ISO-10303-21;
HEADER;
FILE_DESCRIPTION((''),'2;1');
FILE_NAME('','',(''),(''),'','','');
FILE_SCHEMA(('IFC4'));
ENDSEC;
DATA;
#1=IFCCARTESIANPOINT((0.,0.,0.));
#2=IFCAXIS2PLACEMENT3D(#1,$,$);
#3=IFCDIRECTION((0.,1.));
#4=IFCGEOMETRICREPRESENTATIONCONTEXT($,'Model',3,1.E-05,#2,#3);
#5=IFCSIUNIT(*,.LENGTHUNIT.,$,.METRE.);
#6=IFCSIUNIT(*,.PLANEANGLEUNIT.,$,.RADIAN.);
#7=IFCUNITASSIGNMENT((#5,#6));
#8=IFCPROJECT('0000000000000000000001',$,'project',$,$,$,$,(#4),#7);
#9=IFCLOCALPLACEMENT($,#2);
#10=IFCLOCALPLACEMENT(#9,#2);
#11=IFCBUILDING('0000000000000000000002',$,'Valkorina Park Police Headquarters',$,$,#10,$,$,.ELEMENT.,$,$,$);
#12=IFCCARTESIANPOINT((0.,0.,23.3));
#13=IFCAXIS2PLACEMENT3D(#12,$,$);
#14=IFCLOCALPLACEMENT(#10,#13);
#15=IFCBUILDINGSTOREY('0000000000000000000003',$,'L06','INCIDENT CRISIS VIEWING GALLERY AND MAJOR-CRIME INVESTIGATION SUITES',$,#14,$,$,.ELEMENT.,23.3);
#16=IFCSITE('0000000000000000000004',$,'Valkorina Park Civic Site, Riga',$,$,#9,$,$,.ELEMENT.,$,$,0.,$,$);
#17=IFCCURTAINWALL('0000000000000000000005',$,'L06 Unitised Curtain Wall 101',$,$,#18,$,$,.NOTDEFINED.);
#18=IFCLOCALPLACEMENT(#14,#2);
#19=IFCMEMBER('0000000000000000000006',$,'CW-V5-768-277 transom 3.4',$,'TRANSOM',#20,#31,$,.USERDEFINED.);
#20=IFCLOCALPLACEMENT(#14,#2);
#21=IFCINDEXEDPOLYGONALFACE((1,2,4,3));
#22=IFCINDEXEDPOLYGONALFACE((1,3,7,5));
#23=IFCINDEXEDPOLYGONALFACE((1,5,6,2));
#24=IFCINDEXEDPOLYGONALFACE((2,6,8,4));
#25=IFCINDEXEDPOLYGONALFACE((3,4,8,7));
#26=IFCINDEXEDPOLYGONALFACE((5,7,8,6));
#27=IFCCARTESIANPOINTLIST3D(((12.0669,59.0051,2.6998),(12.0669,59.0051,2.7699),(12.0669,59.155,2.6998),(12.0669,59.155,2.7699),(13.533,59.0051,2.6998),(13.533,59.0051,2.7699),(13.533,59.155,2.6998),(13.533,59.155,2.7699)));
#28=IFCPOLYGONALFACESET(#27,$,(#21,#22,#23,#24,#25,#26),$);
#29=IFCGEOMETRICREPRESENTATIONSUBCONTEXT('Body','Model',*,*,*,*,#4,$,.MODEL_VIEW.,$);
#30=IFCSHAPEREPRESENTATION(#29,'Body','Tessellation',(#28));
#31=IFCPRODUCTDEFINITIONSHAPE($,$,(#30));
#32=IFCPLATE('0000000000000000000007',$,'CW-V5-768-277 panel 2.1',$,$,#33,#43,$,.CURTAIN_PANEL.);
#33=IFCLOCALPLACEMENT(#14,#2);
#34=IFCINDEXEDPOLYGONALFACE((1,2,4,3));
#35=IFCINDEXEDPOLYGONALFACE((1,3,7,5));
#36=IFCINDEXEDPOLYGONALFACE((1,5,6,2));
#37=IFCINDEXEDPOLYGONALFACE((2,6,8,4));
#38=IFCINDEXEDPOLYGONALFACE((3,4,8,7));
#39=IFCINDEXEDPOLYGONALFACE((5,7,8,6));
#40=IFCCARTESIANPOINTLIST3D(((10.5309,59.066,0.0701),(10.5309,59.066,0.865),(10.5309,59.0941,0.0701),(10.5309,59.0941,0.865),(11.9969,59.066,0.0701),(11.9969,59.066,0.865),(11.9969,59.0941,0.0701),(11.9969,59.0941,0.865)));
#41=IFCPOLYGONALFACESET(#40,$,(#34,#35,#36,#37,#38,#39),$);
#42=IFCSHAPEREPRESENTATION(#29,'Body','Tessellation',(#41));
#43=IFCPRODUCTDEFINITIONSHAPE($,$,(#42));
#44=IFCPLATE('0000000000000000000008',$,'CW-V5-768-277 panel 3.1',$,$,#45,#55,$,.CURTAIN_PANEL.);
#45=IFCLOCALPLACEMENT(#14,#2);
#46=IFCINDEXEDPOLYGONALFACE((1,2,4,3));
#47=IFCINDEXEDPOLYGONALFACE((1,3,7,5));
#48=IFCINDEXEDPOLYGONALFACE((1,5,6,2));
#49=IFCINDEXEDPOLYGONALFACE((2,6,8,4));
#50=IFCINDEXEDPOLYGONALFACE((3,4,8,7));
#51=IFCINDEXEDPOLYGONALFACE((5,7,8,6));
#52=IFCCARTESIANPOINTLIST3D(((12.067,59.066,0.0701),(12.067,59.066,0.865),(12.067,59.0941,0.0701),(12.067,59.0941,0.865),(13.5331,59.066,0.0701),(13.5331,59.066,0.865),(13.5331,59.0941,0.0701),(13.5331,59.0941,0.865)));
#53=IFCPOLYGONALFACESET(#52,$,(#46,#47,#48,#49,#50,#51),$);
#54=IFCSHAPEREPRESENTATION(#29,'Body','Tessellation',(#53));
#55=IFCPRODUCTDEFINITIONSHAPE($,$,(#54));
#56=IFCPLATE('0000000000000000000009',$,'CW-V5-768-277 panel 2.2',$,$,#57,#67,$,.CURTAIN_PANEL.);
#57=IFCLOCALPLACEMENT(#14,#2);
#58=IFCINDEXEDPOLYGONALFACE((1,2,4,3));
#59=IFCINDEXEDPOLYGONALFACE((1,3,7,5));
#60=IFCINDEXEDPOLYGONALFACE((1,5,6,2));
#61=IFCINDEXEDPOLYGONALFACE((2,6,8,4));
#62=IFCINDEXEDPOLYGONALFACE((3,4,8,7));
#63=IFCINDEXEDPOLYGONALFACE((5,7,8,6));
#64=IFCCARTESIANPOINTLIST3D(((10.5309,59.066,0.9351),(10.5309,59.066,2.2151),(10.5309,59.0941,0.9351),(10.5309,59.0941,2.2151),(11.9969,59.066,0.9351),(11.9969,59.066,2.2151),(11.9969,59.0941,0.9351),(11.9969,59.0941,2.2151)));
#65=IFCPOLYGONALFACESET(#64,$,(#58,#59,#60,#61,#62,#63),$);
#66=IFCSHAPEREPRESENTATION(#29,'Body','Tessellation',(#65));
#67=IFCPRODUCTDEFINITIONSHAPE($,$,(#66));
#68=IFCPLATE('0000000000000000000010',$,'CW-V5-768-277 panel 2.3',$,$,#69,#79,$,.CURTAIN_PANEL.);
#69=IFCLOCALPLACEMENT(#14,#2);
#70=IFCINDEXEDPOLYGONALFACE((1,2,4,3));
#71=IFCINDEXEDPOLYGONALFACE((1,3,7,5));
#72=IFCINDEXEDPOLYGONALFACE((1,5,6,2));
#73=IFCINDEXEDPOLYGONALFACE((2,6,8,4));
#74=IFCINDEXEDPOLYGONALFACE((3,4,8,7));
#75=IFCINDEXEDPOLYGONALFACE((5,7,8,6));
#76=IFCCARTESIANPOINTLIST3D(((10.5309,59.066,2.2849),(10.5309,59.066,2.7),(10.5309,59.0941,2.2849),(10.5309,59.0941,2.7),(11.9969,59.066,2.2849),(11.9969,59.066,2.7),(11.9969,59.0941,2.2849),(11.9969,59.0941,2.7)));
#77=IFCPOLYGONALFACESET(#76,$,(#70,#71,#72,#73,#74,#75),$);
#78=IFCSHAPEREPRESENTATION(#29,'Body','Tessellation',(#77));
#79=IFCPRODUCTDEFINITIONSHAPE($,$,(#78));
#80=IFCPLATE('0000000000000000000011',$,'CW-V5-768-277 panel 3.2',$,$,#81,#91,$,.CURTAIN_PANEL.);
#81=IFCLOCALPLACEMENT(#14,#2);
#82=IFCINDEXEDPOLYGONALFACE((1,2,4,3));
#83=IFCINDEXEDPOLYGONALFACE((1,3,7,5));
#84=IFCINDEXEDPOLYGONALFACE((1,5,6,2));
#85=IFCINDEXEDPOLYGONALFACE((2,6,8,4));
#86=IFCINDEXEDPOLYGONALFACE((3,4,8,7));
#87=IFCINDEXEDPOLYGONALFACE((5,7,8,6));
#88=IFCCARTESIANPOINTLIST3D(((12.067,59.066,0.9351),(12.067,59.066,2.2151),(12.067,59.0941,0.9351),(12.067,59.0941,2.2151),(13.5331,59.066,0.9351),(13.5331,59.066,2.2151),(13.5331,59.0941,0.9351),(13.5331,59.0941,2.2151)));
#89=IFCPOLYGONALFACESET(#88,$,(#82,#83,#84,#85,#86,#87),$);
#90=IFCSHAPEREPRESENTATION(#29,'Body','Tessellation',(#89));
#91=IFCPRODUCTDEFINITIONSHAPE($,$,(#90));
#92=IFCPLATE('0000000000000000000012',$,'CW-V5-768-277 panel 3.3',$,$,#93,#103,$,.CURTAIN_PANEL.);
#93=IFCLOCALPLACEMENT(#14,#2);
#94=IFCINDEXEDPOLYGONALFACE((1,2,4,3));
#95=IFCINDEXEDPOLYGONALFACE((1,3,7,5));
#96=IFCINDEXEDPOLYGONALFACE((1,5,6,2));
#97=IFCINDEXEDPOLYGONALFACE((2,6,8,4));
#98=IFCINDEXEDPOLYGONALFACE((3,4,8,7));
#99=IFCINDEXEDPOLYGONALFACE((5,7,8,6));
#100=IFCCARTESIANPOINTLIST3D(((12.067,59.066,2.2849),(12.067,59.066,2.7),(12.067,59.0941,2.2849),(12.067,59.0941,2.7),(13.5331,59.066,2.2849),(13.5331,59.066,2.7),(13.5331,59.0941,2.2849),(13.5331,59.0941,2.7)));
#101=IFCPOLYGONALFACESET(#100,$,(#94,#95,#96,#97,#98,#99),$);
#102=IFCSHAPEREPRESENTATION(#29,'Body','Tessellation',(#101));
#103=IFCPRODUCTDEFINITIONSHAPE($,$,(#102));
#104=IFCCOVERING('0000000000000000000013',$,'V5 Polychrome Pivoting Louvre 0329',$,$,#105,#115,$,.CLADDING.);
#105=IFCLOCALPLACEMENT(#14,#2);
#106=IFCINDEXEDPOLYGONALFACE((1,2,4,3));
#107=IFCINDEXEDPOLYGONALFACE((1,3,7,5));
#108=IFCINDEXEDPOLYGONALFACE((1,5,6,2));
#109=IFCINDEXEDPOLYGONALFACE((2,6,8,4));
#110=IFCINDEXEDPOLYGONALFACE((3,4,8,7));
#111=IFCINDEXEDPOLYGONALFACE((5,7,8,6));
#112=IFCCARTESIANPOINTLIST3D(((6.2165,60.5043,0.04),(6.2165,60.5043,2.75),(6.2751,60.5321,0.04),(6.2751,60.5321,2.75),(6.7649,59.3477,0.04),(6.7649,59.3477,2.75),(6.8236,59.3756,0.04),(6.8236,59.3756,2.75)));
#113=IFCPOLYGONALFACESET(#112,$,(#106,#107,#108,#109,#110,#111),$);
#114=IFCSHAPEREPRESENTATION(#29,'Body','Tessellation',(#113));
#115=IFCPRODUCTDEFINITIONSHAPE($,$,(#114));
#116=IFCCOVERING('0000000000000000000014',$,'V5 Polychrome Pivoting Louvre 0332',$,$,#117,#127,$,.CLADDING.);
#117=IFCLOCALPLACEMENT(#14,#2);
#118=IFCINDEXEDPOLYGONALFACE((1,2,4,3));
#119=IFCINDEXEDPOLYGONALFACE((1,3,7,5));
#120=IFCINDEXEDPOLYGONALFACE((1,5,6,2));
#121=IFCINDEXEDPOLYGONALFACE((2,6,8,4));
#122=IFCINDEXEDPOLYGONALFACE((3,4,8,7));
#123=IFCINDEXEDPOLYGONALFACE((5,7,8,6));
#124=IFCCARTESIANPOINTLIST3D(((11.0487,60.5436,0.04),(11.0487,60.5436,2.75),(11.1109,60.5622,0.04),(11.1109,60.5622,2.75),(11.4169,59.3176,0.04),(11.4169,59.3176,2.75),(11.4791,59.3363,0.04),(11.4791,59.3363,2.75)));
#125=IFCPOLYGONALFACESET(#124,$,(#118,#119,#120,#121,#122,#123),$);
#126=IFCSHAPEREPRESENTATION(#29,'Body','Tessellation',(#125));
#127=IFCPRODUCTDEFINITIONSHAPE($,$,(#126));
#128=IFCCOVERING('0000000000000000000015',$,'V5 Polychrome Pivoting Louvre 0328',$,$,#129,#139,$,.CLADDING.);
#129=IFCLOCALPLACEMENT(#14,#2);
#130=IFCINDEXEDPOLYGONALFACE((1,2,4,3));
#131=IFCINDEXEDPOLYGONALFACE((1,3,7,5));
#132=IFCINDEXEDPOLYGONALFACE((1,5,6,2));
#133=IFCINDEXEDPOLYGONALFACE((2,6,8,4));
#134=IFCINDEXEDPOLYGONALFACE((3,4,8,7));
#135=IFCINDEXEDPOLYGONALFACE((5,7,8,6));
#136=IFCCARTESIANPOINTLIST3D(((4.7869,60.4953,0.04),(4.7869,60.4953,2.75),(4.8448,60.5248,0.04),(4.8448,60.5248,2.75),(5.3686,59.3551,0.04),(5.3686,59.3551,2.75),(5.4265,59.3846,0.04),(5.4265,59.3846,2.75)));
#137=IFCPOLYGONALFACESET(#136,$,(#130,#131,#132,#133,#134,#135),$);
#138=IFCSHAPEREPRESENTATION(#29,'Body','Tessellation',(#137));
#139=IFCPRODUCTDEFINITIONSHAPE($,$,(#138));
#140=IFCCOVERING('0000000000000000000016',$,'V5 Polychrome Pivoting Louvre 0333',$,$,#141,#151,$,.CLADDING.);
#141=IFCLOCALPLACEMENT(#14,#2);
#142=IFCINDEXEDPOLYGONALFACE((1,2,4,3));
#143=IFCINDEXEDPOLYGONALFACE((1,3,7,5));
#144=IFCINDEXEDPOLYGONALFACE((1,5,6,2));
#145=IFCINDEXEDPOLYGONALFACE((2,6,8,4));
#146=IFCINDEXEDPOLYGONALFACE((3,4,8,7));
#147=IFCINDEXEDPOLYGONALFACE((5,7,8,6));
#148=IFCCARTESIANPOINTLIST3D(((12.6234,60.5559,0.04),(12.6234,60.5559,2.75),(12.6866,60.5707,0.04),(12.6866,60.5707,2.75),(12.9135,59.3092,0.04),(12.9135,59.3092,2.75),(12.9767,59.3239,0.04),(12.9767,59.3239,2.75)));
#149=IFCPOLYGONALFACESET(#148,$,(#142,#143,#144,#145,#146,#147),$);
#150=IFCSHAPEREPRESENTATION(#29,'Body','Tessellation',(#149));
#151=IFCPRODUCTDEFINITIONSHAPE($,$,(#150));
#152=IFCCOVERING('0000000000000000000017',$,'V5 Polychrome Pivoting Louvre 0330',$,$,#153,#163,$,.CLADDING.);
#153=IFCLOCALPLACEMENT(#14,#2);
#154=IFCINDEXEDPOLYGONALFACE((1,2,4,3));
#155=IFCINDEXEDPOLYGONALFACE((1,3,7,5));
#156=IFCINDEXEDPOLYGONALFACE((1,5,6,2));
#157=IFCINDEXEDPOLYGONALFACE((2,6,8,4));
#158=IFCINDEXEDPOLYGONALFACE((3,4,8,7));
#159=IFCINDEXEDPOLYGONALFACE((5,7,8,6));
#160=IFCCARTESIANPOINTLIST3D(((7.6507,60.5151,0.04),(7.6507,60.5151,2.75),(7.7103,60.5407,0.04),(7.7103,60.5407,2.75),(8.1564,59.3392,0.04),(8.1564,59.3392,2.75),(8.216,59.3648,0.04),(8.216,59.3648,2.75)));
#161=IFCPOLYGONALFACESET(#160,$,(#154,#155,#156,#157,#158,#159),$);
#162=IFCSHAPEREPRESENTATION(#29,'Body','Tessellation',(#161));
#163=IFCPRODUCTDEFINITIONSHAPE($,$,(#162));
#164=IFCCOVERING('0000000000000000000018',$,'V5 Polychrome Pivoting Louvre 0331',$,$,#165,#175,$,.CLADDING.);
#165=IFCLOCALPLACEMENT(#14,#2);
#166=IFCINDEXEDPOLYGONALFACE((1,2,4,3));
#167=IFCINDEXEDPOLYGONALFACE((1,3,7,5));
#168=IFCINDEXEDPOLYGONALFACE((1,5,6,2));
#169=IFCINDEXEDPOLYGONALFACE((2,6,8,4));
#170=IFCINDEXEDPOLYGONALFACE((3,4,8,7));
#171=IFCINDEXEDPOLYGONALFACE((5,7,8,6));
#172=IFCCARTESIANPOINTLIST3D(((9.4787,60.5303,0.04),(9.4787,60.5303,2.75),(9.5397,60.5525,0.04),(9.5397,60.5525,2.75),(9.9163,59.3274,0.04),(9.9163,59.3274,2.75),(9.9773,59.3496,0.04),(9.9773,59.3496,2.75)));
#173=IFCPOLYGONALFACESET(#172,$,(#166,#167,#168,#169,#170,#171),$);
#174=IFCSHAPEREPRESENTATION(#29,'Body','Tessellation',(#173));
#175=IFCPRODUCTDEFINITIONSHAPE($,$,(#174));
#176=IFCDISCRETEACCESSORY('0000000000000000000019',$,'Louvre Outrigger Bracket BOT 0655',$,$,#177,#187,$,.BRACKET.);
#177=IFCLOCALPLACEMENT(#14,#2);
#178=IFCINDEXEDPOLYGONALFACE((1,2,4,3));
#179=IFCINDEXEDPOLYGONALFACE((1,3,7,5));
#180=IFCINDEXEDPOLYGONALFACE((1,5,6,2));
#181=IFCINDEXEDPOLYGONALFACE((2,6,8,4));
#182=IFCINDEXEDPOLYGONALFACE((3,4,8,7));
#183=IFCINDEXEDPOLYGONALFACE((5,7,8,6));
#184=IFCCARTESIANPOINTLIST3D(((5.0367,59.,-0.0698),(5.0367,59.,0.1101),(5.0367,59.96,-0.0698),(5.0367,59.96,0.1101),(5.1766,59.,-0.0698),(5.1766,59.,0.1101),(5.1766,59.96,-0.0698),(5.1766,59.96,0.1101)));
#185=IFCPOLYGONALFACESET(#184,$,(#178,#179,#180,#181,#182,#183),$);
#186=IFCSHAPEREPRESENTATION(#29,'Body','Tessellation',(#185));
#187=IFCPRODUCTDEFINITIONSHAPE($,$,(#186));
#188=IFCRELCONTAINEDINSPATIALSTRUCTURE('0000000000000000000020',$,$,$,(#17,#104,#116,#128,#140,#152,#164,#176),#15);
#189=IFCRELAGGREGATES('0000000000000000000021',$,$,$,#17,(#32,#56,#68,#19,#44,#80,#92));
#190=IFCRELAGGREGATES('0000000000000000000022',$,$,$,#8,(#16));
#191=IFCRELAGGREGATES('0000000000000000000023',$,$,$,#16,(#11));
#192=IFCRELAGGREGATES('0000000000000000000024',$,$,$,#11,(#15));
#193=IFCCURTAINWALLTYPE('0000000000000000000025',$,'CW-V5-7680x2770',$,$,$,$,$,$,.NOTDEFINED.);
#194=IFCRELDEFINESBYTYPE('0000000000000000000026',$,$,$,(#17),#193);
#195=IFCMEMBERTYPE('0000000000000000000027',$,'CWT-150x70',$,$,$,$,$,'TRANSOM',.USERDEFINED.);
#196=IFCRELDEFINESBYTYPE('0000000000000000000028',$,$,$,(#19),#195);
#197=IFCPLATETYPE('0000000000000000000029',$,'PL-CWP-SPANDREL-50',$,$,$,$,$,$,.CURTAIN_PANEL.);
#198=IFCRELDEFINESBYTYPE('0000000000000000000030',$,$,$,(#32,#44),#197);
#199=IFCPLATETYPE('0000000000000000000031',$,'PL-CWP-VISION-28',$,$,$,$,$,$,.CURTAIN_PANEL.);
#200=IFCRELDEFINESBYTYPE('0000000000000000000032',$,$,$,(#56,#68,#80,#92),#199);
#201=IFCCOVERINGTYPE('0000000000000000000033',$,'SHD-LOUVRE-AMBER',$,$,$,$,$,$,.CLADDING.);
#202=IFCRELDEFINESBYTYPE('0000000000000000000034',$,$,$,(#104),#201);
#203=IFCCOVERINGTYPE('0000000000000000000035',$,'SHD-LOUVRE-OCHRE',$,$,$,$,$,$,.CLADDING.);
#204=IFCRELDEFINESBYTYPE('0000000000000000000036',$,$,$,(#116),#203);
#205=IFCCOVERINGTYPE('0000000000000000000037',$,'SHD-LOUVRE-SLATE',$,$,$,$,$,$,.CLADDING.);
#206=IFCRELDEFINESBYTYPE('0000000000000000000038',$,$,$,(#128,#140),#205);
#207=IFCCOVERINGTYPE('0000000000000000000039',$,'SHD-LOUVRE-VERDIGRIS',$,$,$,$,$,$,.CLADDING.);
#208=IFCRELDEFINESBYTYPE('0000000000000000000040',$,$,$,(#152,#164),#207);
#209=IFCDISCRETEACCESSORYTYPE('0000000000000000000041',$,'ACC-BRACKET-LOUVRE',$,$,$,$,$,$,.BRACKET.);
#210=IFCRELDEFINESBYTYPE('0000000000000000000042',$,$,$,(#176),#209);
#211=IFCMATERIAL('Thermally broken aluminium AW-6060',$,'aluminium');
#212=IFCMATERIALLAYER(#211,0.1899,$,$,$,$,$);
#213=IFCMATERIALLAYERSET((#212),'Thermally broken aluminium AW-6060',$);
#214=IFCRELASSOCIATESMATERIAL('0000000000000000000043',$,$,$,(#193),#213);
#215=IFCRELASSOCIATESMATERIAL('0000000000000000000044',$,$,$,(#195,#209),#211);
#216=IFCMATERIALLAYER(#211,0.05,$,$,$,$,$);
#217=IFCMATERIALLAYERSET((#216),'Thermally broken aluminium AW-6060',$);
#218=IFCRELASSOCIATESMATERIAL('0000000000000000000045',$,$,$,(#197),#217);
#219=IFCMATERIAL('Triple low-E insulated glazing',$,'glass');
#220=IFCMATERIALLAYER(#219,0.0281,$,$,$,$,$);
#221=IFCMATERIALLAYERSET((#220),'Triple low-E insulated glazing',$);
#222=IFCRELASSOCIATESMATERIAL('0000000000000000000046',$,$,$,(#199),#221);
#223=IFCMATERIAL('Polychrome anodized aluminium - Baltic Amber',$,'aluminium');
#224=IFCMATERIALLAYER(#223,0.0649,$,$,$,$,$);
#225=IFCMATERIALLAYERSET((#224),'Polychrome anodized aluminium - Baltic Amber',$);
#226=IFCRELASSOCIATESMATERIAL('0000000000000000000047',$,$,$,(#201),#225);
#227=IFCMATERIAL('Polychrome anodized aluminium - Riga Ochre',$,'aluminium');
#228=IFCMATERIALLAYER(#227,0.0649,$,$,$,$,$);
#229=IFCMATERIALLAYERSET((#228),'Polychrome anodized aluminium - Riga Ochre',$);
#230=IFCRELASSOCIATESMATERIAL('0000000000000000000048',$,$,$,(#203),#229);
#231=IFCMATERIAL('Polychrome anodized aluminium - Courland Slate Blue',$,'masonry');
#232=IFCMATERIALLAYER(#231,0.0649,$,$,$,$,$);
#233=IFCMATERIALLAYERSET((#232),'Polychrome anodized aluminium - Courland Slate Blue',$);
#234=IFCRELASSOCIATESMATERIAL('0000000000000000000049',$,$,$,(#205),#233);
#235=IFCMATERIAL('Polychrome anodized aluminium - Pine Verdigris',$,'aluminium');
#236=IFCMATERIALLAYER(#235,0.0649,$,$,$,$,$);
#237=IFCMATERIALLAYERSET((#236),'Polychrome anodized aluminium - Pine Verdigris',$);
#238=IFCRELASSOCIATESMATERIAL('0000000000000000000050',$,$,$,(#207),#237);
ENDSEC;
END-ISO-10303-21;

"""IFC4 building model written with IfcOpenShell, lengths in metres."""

from ifc_helpers import new_model, si_unit, direction, frame, origin, origin_2d, place, context, subcontext, project, spatial, rectangle, extrude, material, layer, layer_set, material_profile, profile_set, type_object, element, aggregate, save


model = new_model("IFC4")

# Units and contexts
model_context = context("Model", 3, precision=1e-05, world=origin(), true_north=direction((0.0, 1.0)))
body_context = subcontext(model_context, "Body", "Model", "MODEL_VIEW")
ifc_project = project(units=[si_unit("LENGTHUNIT", "METRE"), si_unit("PLANEANGLEUNIT", "RADIAN")], contexts=[model_context])

# Site, building, storey
site_placement = place(None, origin())
site = spatial("IfcSite", under=ifc_project, at=site_placement, Name="Valkorina Park Civic Site, Riga", CompositionType="ELEMENT", RefElevation=0.0)
building_placement = place(site_placement, origin())
building = spatial("IfcBuilding", under=site, at=building_placement, Name="Valkorina Park Police Headquarters", CompositionType="ELEMENT")
storey_placement = place(building_placement, frame((0.0, 0.0, 23.3)))
storey = spatial("IfcBuildingStorey", under=building, at=storey_placement, Name="L06", Description="INCIDENT CRISIS VIEWING GALLERY AND MAJOR-CRIME INVESTIGATION SUITES", CompositionType="ELEMENT", Elevation=23.3)

# Curtain wall, member, plates
ifc_material_1 = material(Name="Thermally broken aluminium AW-6060", Category="aluminium")
ifc_layer_1 = layer(ifc_material_1, 0.1899)
ifc_layer_set_1 = layer_set([ifc_layer_1], Name="Thermally broken aluminium AW-6060")
curtain_wall_type = type_object("IfcCurtainWallType", Name="CW-V5-7680x2770", PredefinedType="NOTDEFINED", material=ifc_layer_set_1)
curtain_wall_placement = place(storey_placement, origin())
curtain_wall = element("IfcCurtainWall", 1, at=curtain_wall_placement, inside=storey, type_object=curtain_wall_type, Name="L06 Unitised Curtain Wall 101", PredefinedType="NOTDEFINED")
ifc_material_profile_1 = material_profile(ifc_material_1, rectangle(XDim=0.1499, YDim=0.0701, at=origin_2d()), Name="CWT-02 150x70")
ifc_profile_set_1 = profile_set([ifc_material_profile_1], Name="Thermally broken aluminium AW-6060")
member_type_1 = type_object("IfcMemberType", Name="CWT-150x70", ElementType="TRANSOM", PredefinedType="USERDEFINED", material=ifc_profile_set_1)
member_1_placement = place(storey_placement, frame((12.0669, 59.0801, 2.7349), z_axis=(1.0, 0.0, 0.0), x_axis=(0.0, 1.0, 0.0)))
member_1 = element("IfcMember", 2, at=member_1_placement, type_object=member_type_1, Name="CW-V5-768-277 transom 3.4", ObjectType="TRANSOM", PredefinedType="USERDEFINED", context=body_context, shape_type="SweptSolid", body=[
    extrude(rectangle(XDim=0.1499, YDim=0.0701, at=origin_2d()), origin(), (0.0, 0.0, 1.0), 1.4661),
])
ifc_layer_2 = layer(ifc_material_1, 0.05)
ifc_layer_set_2 = layer_set([ifc_layer_2], Name="Thermally broken aluminium AW-6060")
plate_type_1 = type_object("IfcPlateType", Name="PL-CWP-SPANDREL-50", PredefinedType="CURTAIN_PANEL", material=ifc_layer_set_2)
plate_1_placement = place(storey_placement, frame((11.2639, 59.0801, 0.0701), z_axis=(0.0, 0.0, 1.0), x_axis=(1.0, 0.0, 0.0)))
plate_1 = element("IfcPlate", 3, at=plate_1_placement, type_object=plate_type_1, Name="CW-V5-768-277 panel 2.1", PredefinedType="CURTAIN_PANEL", context=body_context, shape_type="SweptSolid", body=[
    extrude(rectangle(XDim=1.4661, YDim=0.0281, at=origin_2d()), origin(), (0.0, 0.0, 1.0), 0.7949),
])
plate_2_placement = place(storey_placement, frame((12.8, 59.0801, 0.0701), z_axis=(0.0, 0.0, 1.0), x_axis=(1.0, 0.0, 0.0)))
plate_2 = element("IfcPlate", 4, at=plate_2_placement, type_object=plate_type_1, Name="CW-V5-768-277 panel 3.1", PredefinedType="CURTAIN_PANEL", context=body_context, shape_type="SweptSolid", body=[
    extrude(rectangle(XDim=1.4661, YDim=0.0281, at=origin_2d()), origin(), (0.0, 0.0, 1.0), 0.7949),
])
ifc_material_2 = material(Name="Triple low-E insulated glazing", Category="glass")
ifc_layer_3 = layer(ifc_material_2, 0.0281)
ifc_layer_set_3 = layer_set([ifc_layer_3], Name="Triple low-E insulated glazing")
plate_type_2 = type_object("IfcPlateType", Name="PL-CWP-VISION-28", PredefinedType="CURTAIN_PANEL", material=ifc_layer_set_3)
plate_3_placement = place(storey_placement, frame((11.2639, 59.0801, 0.9351), z_axis=(0.0, 0.0, 1.0), x_axis=(1.0, 0.0, 0.0)))
plate_3 = element("IfcPlate", 5, at=plate_3_placement, type_object=plate_type_2, Name="CW-V5-768-277 panel 2.2", PredefinedType="CURTAIN_PANEL", context=body_context, shape_type="SweptSolid", body=[
    extrude(rectangle(XDim=1.4661, YDim=0.0281, at=origin_2d()), origin(), (0.0, 0.0, 1.0), 1.28),
])
plate_4_placement = place(storey_placement, frame((11.2639, 59.0801, 2.2849), z_axis=(0.0, 0.0, 1.0), x_axis=(1.0, 0.0, 0.0)))
plate_4 = element("IfcPlate", 6, at=plate_4_placement, type_object=plate_type_2, Name="CW-V5-768-277 panel 2.3", PredefinedType="CURTAIN_PANEL", context=body_context, shape_type="SweptSolid", body=[
    extrude(rectangle(XDim=1.4661, YDim=0.0281, at=origin_2d()), origin(), (0.0, 0.0, 1.0), 0.415),
])
plate_5_placement = place(storey_placement, frame((12.8, 59.0801, 0.9351), z_axis=(0.0, 0.0, 1.0), x_axis=(1.0, 0.0, 0.0)))
plate_5 = element("IfcPlate", 7, at=plate_5_placement, type_object=plate_type_2, Name="CW-V5-768-277 panel 3.2", PredefinedType="CURTAIN_PANEL", context=body_context, shape_type="SweptSolid", body=[
    extrude(rectangle(XDim=1.4661, YDim=0.0281, at=origin_2d()), origin(), (0.0, 0.0, 1.0), 1.28),
])
plate_6_placement = place(storey_placement, frame((12.8, 59.0801, 2.2849), z_axis=(0.0, 0.0, 1.0), x_axis=(1.0, 0.0, 0.0)))
plate_6 = element("IfcPlate", 8, at=plate_6_placement, type_object=plate_type_2, Name="CW-V5-768-277 panel 3.3", PredefinedType="CURTAIN_PANEL", context=body_context, shape_type="SweptSolid", body=[
    extrude(rectangle(XDim=1.4661, YDim=0.0281, at=origin_2d()), origin(), (0.0, 0.0, 1.0), 0.415),
])
aggregate(curtain_wall, [plate_1, plate_3, plate_4, member_1, plate_2, plate_5, plate_6])

# Coverings
ifc_material_3 = material(Name="Polychrome anodized aluminium - Baltic Amber", Category="aluminium")
ifc_layer_4 = layer(ifc_material_3, 0.0649)
ifc_layer_set_4 = layer_set([ifc_layer_4], Name="Polychrome anodized aluminium - Baltic Amber")
covering_type_1 = type_object("IfcCoveringType", Name="SHD-LOUVRE-AMBER", PredefinedType="CLADDING", material=ifc_layer_set_4)
covering_1_placement = place(storey_placement, frame((6.52, 59.9399, 0.04), z_axis=(0.0, 0.0, 1.0), x_axis=(-0.428462, 0.90356, 0.0)))
element("IfcCovering", 9, at=covering_1_placement, inside=storey, type_object=covering_type_1, Name="V5 Polychrome Pivoting Louvre 0329", PredefinedType="CLADDING", context=body_context, shape_type="SweptSolid", body=[
    extrude(rectangle(XDim=1.28, YDim=0.0649, at=origin_2d()), origin(), (0.0, 0.0, 1.0), 2.71),
])
ifc_material_4 = material(Name="Polychrome anodized aluminium - Riga Ochre", Category="aluminium")
ifc_layer_5 = layer(ifc_material_4, 0.0649)
ifc_layer_set_5 = layer_set([ifc_layer_5], Name="Polychrome anodized aluminium - Riga Ochre")
covering_type_2 = type_object("IfcCoveringType", Name="SHD-LOUVRE-OCHRE", PredefinedType="CLADDING", material=ifc_layer_set_5)
covering_2_placement = place(storey_placement, frame((11.2639, 59.9399, 0.04), z_axis=(0.0, 0.0, 1.0), x_axis=(-0.287695, 0.957722, 0.0)))
element("IfcCovering", 10, at=covering_2_placement, inside=storey, type_object=covering_type_2, Name="V5 Polychrome Pivoting Louvre 0332", PredefinedType="CLADDING", context=body_context, shape_type="SweptSolid", body=[
    extrude(rectangle(XDim=1.28, YDim=0.0649, at=origin_2d()), origin(), (0.0, 0.0, 1.0), 2.71),
])
ifc_material_5 = material(Name="Polychrome anodized aluminium - Courland Slate Blue", Category="masonry")
ifc_layer_6 = layer(ifc_material_5, 0.0649)
ifc_layer_set_6 = layer_set([ifc_layer_6], Name="Polychrome anodized aluminium - Courland Slate Blue")
covering_type_3 = type_object("IfcCoveringType", Name="SHD-LOUVRE-SLATE", PredefinedType="CLADDING", material=ifc_layer_set_6)
for number, where, z_axis, x_axis, name in (
    (11, (5.1067, 59.9399, 0.04), (0.0, 0.0, 1.0), (-0.454457, 0.890769, 0.0), "V5 Polychrome Pivoting Louvre 0328"),
    (12, (12.8, 59.9399, 0.04), (0.0, 0.0, 1.0), (-0.226651, 0.973976, 0.0), "V5 Polychrome Pivoting Louvre 0333"),
):
    element("IfcCovering", number, at=place(storey_placement, frame(where, z_axis=z_axis, x_axis=x_axis)), inside=storey, type_object=covering_type_3, Name=name, PredefinedType="CLADDING", context=body_context, shape_type="SweptSolid", body=[
        extrude(rectangle(XDim=1.28, YDim=0.0649, at=origin_2d()), origin(), (0.0, 0.0, 1.0), 2.71),
    ])
ifc_material_6 = material(Name="Polychrome anodized aluminium - Pine Verdigris", Category="aluminium")
ifc_layer_7 = layer(ifc_material_6, 0.0649)
ifc_layer_set_7 = layer_set([ifc_layer_7], Name="Polychrome anodized aluminium - Pine Verdigris")
covering_type_4 = type_object("IfcCoveringType", Name="SHD-LOUVRE-VERDIGRIS", PredefinedType="CLADDING", material=ifc_layer_set_7)
for number, where, z_axis, x_axis, name in (
    (13, (7.9333, 59.9399, 0.04), (0.0, 0.0, 1.0), (-0.395065, 0.918653, 0.0), "V5 Polychrome Pivoting Louvre 0330"),
    (14, (9.728, 59.9399, 0.04), (0.0, 0.0, 1.0), (-0.341856, 0.939752, 0.0), "V5 Polychrome Pivoting Louvre 0331"),
):
    element("IfcCovering", number, at=place(storey_placement, frame(where, z_axis=z_axis, x_axis=x_axis)), inside=storey, type_object=covering_type_4, Name=name, PredefinedType="CLADDING", context=body_context, shape_type="SweptSolid", body=[
        extrude(rectangle(XDim=1.28, YDim=0.0649, at=origin_2d()), origin(), (0.0, 0.0, 1.0), 2.71),
    ])

# Discrete accessory
discrete_accessory_type = type_object("IfcDiscreteAccessoryType", Name="ACC-BRACKET-LOUVRE", PredefinedType="BRACKET", material=ifc_material_1)
for number, where, z_axis, x_axis, name in (
    (15, (5.1067, 59.48, -0.0698), (0.0, 0.0, 1.0), (0.0, 1.0, 0.0), "Louvre Outrigger Bracket BOT 0655"),
):
    element("IfcDiscreteAccessory", number, at=place(storey_placement, frame(where, z_axis=z_axis, x_axis=x_axis)), inside=storey, type_object=discrete_accessory_type, Name=name, PredefinedType="BRACKET", context=body_context, shape_type="SweptSolid", body=[
        extrude(rectangle(XDim=0.96, YDim=0.1399, at=origin_2d()), origin(), (0.0, 0.0, 1.0), 0.1799),
    ])

save(model, "model.ifc")
